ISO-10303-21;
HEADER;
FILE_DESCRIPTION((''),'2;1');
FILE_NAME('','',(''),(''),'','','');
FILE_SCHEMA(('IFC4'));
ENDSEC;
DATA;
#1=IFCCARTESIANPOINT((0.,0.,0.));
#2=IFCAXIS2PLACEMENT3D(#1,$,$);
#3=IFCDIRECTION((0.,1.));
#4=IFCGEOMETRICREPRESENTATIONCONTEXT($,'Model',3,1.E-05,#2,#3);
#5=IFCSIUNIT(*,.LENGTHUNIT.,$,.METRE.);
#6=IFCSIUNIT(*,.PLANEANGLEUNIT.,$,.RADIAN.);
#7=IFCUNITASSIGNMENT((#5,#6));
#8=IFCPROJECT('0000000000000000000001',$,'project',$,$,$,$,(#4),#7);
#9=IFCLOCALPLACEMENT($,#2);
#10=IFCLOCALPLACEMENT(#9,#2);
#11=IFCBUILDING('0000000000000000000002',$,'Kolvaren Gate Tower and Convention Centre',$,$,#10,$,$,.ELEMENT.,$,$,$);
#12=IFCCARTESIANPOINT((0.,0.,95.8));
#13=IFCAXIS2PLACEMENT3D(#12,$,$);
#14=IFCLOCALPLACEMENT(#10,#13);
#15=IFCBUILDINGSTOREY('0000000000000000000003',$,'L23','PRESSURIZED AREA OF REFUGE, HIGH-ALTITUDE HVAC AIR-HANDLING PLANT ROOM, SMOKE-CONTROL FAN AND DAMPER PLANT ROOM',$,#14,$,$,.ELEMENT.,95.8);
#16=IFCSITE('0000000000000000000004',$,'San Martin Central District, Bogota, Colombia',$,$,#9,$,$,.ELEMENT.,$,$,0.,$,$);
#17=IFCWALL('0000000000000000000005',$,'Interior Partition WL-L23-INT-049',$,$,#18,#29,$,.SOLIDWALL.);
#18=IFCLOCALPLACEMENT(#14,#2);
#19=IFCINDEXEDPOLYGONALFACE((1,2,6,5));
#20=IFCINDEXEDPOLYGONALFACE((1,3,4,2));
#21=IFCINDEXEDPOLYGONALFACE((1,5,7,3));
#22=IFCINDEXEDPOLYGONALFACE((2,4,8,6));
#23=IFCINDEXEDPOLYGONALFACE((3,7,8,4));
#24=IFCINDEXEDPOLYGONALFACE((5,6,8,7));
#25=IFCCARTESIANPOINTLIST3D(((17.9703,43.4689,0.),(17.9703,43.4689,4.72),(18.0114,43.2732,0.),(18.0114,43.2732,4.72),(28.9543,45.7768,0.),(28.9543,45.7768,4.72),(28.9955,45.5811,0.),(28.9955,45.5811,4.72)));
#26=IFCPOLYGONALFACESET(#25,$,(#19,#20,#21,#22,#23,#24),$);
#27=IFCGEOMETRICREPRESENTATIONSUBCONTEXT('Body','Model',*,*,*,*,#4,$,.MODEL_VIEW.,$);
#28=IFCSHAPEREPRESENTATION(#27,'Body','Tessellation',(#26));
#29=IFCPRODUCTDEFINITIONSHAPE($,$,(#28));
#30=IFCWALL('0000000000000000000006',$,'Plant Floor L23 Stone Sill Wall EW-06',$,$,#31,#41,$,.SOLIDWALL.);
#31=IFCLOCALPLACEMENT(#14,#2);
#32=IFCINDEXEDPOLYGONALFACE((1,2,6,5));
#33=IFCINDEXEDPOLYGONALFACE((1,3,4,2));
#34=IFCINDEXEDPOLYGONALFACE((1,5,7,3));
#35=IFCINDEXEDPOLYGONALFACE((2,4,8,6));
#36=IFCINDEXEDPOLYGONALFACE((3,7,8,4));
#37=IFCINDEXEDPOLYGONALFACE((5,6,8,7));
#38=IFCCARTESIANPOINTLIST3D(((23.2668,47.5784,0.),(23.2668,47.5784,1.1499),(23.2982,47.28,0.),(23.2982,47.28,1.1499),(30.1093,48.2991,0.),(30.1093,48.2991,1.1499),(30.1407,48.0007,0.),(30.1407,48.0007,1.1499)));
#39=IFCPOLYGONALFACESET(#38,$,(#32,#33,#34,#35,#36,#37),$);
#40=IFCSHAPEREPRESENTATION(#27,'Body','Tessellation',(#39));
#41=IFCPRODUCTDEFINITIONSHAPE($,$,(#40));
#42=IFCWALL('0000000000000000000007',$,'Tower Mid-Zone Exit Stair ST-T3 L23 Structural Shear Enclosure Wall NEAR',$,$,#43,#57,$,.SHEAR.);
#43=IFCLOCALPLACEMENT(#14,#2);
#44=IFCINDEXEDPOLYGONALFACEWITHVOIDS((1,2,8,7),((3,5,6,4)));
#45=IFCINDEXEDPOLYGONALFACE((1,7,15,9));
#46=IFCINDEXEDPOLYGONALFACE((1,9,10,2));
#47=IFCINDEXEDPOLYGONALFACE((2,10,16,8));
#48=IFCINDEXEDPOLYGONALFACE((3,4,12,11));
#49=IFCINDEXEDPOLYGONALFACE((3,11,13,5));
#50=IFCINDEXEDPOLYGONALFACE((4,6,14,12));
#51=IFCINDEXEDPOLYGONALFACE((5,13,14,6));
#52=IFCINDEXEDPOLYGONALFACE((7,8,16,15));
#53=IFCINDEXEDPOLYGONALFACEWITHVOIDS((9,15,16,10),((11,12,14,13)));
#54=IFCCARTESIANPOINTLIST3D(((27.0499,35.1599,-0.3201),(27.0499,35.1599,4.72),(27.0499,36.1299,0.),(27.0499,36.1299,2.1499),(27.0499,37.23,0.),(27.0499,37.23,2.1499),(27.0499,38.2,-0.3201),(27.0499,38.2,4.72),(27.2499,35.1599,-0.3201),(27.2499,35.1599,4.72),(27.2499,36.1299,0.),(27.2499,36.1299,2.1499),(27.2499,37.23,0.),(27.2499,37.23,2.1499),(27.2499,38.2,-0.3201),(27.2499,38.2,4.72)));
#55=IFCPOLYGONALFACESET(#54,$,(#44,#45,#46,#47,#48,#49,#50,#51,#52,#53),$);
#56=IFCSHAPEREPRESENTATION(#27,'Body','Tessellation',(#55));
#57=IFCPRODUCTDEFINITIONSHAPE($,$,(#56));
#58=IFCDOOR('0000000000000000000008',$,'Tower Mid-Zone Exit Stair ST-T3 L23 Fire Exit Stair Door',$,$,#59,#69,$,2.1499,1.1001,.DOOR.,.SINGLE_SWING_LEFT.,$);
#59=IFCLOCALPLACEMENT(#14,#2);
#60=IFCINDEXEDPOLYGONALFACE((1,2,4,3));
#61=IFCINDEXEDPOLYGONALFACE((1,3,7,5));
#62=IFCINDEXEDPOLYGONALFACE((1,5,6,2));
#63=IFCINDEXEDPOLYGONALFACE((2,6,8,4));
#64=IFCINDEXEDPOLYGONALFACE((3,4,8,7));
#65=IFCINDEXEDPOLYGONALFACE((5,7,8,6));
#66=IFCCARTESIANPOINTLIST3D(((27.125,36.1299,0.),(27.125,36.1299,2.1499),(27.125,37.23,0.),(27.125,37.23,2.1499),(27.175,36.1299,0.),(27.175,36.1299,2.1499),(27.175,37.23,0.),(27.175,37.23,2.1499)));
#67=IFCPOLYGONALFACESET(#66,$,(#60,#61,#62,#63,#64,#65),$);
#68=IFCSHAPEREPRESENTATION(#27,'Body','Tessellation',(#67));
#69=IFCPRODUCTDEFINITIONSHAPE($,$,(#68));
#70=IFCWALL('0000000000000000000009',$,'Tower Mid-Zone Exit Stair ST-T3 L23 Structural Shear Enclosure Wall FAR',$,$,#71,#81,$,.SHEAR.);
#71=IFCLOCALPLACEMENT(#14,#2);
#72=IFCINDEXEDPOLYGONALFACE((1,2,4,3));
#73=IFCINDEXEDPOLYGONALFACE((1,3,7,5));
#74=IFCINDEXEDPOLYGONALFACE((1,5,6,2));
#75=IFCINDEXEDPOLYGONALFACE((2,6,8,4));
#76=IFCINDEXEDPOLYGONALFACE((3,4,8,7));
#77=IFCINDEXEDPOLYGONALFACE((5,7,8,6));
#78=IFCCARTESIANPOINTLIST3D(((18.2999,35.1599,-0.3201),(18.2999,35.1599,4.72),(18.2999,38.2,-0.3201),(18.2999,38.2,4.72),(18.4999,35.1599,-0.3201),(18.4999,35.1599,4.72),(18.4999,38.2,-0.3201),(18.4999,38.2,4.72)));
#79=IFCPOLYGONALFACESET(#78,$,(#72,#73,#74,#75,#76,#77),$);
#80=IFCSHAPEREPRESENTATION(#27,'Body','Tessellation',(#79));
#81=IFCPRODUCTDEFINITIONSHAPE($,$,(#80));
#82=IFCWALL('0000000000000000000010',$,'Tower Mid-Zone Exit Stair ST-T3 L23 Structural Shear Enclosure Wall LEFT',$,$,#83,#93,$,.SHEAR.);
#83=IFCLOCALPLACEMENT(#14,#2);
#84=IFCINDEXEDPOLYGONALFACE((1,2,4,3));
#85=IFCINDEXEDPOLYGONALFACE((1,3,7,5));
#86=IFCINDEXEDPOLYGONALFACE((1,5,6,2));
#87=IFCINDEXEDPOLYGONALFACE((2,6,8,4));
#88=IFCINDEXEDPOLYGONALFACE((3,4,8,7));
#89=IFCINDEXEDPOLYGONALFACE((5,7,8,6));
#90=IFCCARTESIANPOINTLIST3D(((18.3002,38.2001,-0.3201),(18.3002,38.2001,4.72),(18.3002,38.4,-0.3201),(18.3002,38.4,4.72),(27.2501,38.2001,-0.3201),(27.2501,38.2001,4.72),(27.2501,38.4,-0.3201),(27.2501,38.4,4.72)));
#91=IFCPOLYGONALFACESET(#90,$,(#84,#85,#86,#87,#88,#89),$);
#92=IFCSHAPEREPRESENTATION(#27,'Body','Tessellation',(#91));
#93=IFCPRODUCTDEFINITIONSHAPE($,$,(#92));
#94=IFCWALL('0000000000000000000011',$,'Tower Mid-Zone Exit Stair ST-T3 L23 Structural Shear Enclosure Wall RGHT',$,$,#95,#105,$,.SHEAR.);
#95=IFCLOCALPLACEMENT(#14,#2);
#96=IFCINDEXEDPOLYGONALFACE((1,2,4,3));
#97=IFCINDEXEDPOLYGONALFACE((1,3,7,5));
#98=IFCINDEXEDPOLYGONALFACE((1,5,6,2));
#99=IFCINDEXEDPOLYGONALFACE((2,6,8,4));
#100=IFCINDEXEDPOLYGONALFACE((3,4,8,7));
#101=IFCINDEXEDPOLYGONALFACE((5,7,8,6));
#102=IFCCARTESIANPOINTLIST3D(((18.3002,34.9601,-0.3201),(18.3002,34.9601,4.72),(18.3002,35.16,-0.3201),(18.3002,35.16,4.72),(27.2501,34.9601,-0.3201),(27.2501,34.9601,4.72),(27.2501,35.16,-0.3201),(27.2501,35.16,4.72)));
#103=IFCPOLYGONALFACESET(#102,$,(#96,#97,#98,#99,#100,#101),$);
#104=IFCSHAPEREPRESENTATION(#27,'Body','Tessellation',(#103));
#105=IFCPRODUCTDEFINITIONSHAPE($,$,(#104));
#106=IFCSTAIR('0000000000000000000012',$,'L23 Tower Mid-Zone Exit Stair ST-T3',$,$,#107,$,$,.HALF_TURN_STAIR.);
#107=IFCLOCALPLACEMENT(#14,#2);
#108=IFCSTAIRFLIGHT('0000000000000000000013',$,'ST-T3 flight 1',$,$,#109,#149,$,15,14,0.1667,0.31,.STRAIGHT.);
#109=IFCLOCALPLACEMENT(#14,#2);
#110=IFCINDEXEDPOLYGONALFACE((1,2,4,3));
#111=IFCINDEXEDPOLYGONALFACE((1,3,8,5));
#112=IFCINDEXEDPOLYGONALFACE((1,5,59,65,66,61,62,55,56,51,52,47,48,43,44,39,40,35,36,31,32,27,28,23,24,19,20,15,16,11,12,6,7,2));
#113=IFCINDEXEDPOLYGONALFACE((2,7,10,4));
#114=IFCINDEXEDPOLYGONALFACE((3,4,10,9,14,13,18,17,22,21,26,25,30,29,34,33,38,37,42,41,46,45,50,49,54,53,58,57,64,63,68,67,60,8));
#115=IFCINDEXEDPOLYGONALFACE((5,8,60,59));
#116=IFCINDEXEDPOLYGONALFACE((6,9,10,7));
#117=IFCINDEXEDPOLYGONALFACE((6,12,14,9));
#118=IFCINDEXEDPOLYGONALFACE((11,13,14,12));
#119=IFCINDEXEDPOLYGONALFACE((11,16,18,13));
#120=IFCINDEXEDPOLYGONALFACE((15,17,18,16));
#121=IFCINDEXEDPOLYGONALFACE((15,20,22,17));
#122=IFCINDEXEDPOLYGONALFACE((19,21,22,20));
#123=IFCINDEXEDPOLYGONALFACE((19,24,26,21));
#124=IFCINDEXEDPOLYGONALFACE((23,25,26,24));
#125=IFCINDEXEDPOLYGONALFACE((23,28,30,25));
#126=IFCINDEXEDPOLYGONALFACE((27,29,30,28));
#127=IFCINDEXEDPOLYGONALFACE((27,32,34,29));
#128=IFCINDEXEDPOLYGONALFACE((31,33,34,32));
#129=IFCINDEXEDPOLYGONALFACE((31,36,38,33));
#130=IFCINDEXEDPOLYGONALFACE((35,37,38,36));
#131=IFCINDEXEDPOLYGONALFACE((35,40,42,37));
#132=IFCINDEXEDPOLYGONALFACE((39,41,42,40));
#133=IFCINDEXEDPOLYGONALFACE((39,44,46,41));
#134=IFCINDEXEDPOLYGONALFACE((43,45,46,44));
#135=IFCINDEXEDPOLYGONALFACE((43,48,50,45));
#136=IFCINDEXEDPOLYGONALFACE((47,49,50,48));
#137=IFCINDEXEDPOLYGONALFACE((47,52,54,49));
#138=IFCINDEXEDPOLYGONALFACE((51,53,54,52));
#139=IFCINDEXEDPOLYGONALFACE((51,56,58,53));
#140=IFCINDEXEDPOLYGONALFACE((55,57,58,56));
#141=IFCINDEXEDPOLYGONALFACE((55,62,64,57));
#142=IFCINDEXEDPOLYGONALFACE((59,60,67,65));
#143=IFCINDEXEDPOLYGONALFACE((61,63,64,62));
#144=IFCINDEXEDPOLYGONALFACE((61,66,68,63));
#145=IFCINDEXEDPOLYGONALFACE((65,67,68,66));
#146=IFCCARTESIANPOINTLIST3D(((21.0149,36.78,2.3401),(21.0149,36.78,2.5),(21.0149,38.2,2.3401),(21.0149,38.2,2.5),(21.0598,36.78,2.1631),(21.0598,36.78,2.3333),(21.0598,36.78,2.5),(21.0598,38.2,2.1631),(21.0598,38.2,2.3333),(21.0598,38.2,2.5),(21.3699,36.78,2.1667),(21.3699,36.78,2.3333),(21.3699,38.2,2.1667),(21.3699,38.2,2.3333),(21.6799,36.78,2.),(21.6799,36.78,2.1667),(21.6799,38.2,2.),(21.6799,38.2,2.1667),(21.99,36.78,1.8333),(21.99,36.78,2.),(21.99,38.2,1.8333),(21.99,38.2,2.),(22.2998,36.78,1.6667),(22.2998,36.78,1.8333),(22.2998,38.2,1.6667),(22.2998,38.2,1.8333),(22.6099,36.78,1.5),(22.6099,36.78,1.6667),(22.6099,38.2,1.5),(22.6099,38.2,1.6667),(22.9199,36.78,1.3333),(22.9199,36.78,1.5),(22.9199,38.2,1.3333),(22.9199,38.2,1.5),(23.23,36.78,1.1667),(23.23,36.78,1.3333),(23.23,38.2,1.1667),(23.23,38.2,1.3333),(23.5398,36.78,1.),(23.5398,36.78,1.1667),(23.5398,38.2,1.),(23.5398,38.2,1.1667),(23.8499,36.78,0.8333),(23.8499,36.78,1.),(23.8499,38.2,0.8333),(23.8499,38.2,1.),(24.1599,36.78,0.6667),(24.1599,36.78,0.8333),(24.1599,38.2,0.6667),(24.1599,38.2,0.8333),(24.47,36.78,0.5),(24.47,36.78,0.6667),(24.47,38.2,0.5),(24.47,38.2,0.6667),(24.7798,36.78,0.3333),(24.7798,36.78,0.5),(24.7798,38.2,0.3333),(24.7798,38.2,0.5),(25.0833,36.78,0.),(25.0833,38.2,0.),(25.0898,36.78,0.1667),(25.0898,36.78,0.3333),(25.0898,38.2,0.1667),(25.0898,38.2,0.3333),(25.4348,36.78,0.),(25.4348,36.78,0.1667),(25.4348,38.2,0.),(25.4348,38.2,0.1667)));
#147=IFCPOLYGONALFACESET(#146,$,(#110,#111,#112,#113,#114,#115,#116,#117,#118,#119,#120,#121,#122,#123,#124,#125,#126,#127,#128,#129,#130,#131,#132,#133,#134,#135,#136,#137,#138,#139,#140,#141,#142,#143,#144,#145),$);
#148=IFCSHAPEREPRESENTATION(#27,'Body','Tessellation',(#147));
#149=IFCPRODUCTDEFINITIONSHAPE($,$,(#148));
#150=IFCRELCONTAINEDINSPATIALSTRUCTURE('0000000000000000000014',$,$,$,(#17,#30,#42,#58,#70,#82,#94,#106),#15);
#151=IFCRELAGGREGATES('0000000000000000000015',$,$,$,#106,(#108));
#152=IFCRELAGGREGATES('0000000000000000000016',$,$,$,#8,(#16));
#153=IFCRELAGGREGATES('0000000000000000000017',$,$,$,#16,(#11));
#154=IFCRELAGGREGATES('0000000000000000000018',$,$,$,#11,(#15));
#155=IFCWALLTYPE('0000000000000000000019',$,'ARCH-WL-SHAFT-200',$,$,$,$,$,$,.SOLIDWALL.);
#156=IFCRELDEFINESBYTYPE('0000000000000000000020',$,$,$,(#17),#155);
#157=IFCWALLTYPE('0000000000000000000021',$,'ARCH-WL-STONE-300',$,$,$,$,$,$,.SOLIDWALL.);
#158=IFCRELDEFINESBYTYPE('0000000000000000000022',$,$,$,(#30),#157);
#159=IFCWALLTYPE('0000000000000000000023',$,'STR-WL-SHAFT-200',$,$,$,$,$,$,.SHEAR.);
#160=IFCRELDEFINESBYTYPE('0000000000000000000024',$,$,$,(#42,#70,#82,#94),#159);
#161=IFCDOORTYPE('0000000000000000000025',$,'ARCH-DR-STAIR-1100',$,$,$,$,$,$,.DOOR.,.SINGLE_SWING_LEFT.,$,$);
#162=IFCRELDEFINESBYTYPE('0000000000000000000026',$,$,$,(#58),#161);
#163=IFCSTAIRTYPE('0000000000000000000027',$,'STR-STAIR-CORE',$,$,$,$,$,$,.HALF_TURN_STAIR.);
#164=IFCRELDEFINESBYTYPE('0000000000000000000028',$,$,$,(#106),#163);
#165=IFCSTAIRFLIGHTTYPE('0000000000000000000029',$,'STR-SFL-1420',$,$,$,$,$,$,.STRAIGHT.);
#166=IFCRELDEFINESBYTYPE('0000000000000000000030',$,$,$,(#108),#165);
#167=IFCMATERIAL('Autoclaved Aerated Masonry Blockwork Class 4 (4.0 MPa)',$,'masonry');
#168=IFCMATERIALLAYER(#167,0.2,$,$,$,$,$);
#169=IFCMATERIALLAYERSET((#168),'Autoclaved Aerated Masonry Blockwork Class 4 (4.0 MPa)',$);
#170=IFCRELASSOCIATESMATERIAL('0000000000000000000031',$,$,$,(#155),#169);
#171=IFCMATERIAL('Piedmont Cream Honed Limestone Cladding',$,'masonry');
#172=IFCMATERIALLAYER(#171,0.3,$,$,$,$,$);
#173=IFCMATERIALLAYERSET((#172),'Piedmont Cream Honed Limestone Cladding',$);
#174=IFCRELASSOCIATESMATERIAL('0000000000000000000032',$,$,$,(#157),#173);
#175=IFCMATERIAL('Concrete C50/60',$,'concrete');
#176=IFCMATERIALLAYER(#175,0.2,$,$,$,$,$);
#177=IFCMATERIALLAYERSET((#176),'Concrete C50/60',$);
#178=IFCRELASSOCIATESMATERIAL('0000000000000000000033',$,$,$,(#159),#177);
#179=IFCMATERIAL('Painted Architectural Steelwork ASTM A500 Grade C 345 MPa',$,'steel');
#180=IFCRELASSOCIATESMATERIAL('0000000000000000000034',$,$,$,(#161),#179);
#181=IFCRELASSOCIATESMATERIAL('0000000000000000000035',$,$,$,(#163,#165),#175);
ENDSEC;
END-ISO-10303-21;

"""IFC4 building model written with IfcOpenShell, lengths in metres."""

from ifc_helpers import new_model, si_unit, direction, frame, frame_2d, origin, place, context, subcontext, project, spatial, polyline, rectangle, outline, extrude, material, layer, layer_set, type_object, element, fill, aggregate, save


model = new_model("IFC4")

# Units and contexts
model_context = context("Model", 3, precision=1e-05, world=origin(), true_north=direction((0.0, 1.0)))
body_context = subcontext(model_context, "Body", "Model", "MODEL_VIEW")
ifc_project = project(units=[si_unit("LENGTHUNIT", "METRE"), si_unit("PLANEANGLEUNIT", "RADIAN")], contexts=[model_context])

# Site, building, storey
site_placement = place(None, origin())
site = spatial("IfcSite", under=ifc_project, at=site_placement, Name="San Martin Central District, Bogota, Colombia", CompositionType="ELEMENT", RefElevation=0.0)
building_placement = place(site_placement, origin())
building = spatial("IfcBuilding", under=site, at=building_placement, Name="Kolvaren Gate Tower and Convention Centre", CompositionType="ELEMENT")
storey_placement = place(building_placement, frame((0.0, 0.0, 95.8)))
storey = spatial("IfcBuildingStorey", under=building, at=storey_placement, Name="L23", Description="PRESSURIZED AREA OF REFUGE, HIGH-ALTITUDE HVAC AIR-HANDLING PLANT ROOM, SMOKE-CONTROL FAN AND DAMPER PLANT ROOM", CompositionType="ELEMENT", Elevation=95.8)

# Walls
ifc_material_1 = material(Name="Autoclaved Aerated Masonry Blockwork Class 4 (4.0 MPa)", Category="masonry")
ifc_layer_1 = layer(ifc_material_1, 0.2)
ifc_layer_set_1 = layer_set([ifc_layer_1], Name="Autoclaved Aerated Masonry Blockwork Class 4 (4.0 MPa)")
wall_type_1 = type_object("IfcWallType", Name="ARCH-WL-SHAFT-200", PredefinedType="SOLIDWALL", material=ifc_layer_set_1)
wall_1_placement = place(storey_placement, frame((17.991, 43.3711, 0.0), z_axis=(0.0, 0.0, 1.0), x_axis=(0.978632, 0.205619, 0.0)))
element("IfcWall", 1, at=wall_1_placement, inside=storey, type_object=wall_type_1, Name="Interior Partition WL-L23-INT-049", PredefinedType="SOLIDWALL", context=body_context, shape_type="SweptSolid", body=[
    extrude(rectangle(XDim=11.2239, YDim=0.2, at=frame_2d((5.6118, 0.0))), origin(), (0.0, 0.0, 1.0), 4.72),
])
ifc_material_2 = material(Name="Piedmont Cream Honed Limestone Cladding", Category="masonry")
ifc_layer_2 = layer(ifc_material_2, 0.3)
ifc_layer_set_2 = layer_set([ifc_layer_2], Name="Piedmont Cream Honed Limestone Cladding")
wall_type_2 = type_object("IfcWallType", Name="ARCH-WL-STONE-300", PredefinedType="SOLIDWALL", material=ifc_layer_set_2)
wall_2_placement = place(storey_placement, frame((23.2825, 47.4292, 0.0), z_axis=(0.0, 0.0, 1.0), x_axis=(0.994499, 0.104748, 0.0)))
element("IfcWall", 2, at=wall_2_placement, inside=storey, type_object=wall_type_2, Name="Plant Floor L23 Stone Sill Wall EW-06", PredefinedType="SOLIDWALL", context=body_context, shape_type="SweptSolid", body=[
    extrude(rectangle(XDim=6.8804, YDim=0.3, at=frame_2d((3.4402, 0.0))), origin(), (0.0, 0.0, 1.0), 1.1499),
])

# Wall, opening, door
ifc_material_3 = material(Name="Concrete C50/60", Category="concrete")
ifc_layer_3 = layer(ifc_material_3, 0.2)
ifc_layer_set_3 = layer_set([ifc_layer_3], Name="Concrete C50/60")
wall_type_3 = type_object("IfcWallType", Name="STR-WL-SHAFT-200", PredefinedType="SHEAR", material=ifc_layer_set_3)
wall_3_placement = place(storey_placement, frame((27.1499, 35.1599, -0.3201), z_axis=(0.0, 0.0, 1.0), x_axis=(0.0, 1.0, 0.0)))
wall_3 = element("IfcWall", 3, at=wall_3_placement, inside=storey, type_object=wall_type_3, Name="Tower Mid-Zone Exit Stair ST-T3 L23 Structural Shear Enclosure Wall NEAR", PredefinedType="SHEAR", context=body_context, shape_type="SweptSolid", body=[
    extrude(rectangle(XDim=3.04, YDim=0.2, at=frame_2d((1.52, 0.0))), origin(), (0.0, 0.0, 1.0), 5.04),
])
opening_placement = place(wall_3_placement, frame((0.97, 0.0, 0.3201)))
opening = element("IfcOpeningElement", 4, at=opening_placement, cuts=wall_3, PredefinedType="OPENING", context=body_context, shape_type="SweptSolid", body=[
    extrude(rectangle(XDim=1.1001, YDim=2.1499, at=frame_2d((0.55, 1.075))), frame((0.0, 0.1099, 0.0), z_axis=(0.0, -1.0, 0.0), x_axis=(1.0, 0.0, 0.0)), (0.0, 0.0, 1.0), 0.22),
])
ifc_material_4 = material(Name="Painted Architectural Steelwork ASTM A500 Grade C 345 MPa", Category="steel")
door_type = type_object("IfcDoorType", Name="ARCH-DR-STAIR-1100", OperationType="SINGLE_SWING_LEFT", PredefinedType="DOOR", material=ifc_material_4)
door_placement = place(opening_placement, origin())
door = element("IfcDoor", 5, at=door_placement, inside=storey, type_object=door_type, Name="Tower Mid-Zone Exit Stair ST-T3 L23 Fire Exit Stair Door", OperationType="SINGLE_SWING_LEFT", OverallHeight=2.1499, OverallWidth=1.1001, PredefinedType="DOOR", context=body_context, shape_type="SweptSolid", body=[
    extrude(rectangle(XDim=1.1001, YDim=2.1499, at=frame_2d((0.55, 1.075))), frame((0.0, 0.0249, 0.0), z_axis=(0.0, -1.0, 0.0), x_axis=(1.0, 0.0, 0.0)), (0.0, 0.0, 1.0), 0.05),
])
fill(opening, door)

# Walls
wall_4_placement = place(storey_placement, frame((18.3999, 35.1599, -0.3201), z_axis=(0.0, 0.0, 1.0), x_axis=(0.0, 1.0, 0.0)))
element("IfcWall", 6, at=wall_4_placement, inside=storey, type_object=wall_type_3, Name="Tower Mid-Zone Exit Stair ST-T3 L23 Structural Shear Enclosure Wall FAR", PredefinedType="SHEAR", context=body_context, shape_type="SweptSolid", body=[
    extrude(rectangle(XDim=3.04, YDim=0.2, at=frame_2d((1.52, 0.0))), origin(), (0.0, 0.0, 1.0), 5.04),
])
for number, where, z_axis, x_axis, name in (
    (7, (18.3, 38.3, -0.3201), (0.0, 0.0, 1.0), (1.0, 0.0, 0.0), "Tower Mid-Zone Exit Stair ST-T3 L23 Structural Shear Enclosure Wall LEFT"),
    (8, (18.3, 35.0601, -0.3201), (0.0, 0.0, 1.0), (1.0, 0.0, 0.0), "Tower Mid-Zone Exit Stair ST-T3 L23 Structural Shear Enclosure Wall RGHT"),
):
    element("IfcWall", number, at=place(storey_placement, frame(where, z_axis=z_axis, x_axis=x_axis)), inside=storey, type_object=wall_type_3, Name=name, PredefinedType="SHEAR", context=body_context, shape_type="SweptSolid", body=[
        extrude(rectangle(XDim=8.95, YDim=0.2, at=frame_2d((4.4751, 0.0))), origin(), (0.0, 0.0, 1.0), 5.04),
    ])

# Stair, stair flight
stair_type = type_object("IfcStairType", Name="STR-STAIR-CORE", PredefinedType="HALF_TURN_STAIR", material=ifc_material_3)
stair_placement = place(storey_placement, origin())
stair = element("IfcStair", 9, at=stair_placement, inside=storey, type_object=stair_type, Name="L23 Tower Mid-Zone Exit Stair ST-T3", PredefinedType="HALF_TURN_STAIR")
stair_flight_type = type_object("IfcStairFlightType", Name="STR-SFL-1420", PredefinedType="STRAIGHT", material=ifc_material_3)
stair_flight_1_placement = place(storey_placement, frame((25.3999, 37.49, 0.0), z_axis=(0.0, 0.0, 1.0), x_axis=(-1.0, 0.0, 0.0)))
stair_flight_1 = element("IfcStairFlight", 10, at=stair_flight_1_placement, type_object=stair_flight_type, Name="ST-T3 flight 1", NumberOfRisers=15, NumberOfTreads=14, PredefinedType="STRAIGHT", RiserHeight=0.1667, TreadLength=0.31, context=body_context, shape_type="SweptSolid", body=[
    extrude(outline(polyline([(-0.0349, 0.0), (-0.0349, 0.1667), (0.3101, 0.1667), (0.3101, 0.3333), (0.6201, 0.3333), (0.6201, 0.5), (0.9299, 0.5), (0.9299, 0.6667), (1.24, 0.6667), (1.24, 0.8333), (1.55, 0.8333), (1.55, 1.0), (1.8601, 1.0), (1.8601, 1.1667), (2.1699, 1.1667), (2.1699, 1.3333), (2.48, 1.3333), (2.48, 1.5), (2.79, 1.5), (2.79, 1.6667), (3.1001, 1.6667), (3.1001, 1.8333), (3.4099, 1.8333), (3.4099, 2.0), (3.72, 2.0), (3.72, 2.1667), (4.03, 2.1667), (4.03, 2.3333), (4.3401, 2.3333), (4.3401, 2.5), (4.385, 2.5), (4.385, 2.3401), (4.3401, 2.1631), (0.3167, 0.0), (-0.0349, 0.0)])), frame((0.0, 0.71, 0.0), z_axis=(0.0, -1.0, 0.0), x_axis=(1.0, 0.0, 0.0)), (0.0, 0.0, 1.0), 1.4199),
])
aggregate(stair, [stair_flight_1])

save(model, "model.ifc")
